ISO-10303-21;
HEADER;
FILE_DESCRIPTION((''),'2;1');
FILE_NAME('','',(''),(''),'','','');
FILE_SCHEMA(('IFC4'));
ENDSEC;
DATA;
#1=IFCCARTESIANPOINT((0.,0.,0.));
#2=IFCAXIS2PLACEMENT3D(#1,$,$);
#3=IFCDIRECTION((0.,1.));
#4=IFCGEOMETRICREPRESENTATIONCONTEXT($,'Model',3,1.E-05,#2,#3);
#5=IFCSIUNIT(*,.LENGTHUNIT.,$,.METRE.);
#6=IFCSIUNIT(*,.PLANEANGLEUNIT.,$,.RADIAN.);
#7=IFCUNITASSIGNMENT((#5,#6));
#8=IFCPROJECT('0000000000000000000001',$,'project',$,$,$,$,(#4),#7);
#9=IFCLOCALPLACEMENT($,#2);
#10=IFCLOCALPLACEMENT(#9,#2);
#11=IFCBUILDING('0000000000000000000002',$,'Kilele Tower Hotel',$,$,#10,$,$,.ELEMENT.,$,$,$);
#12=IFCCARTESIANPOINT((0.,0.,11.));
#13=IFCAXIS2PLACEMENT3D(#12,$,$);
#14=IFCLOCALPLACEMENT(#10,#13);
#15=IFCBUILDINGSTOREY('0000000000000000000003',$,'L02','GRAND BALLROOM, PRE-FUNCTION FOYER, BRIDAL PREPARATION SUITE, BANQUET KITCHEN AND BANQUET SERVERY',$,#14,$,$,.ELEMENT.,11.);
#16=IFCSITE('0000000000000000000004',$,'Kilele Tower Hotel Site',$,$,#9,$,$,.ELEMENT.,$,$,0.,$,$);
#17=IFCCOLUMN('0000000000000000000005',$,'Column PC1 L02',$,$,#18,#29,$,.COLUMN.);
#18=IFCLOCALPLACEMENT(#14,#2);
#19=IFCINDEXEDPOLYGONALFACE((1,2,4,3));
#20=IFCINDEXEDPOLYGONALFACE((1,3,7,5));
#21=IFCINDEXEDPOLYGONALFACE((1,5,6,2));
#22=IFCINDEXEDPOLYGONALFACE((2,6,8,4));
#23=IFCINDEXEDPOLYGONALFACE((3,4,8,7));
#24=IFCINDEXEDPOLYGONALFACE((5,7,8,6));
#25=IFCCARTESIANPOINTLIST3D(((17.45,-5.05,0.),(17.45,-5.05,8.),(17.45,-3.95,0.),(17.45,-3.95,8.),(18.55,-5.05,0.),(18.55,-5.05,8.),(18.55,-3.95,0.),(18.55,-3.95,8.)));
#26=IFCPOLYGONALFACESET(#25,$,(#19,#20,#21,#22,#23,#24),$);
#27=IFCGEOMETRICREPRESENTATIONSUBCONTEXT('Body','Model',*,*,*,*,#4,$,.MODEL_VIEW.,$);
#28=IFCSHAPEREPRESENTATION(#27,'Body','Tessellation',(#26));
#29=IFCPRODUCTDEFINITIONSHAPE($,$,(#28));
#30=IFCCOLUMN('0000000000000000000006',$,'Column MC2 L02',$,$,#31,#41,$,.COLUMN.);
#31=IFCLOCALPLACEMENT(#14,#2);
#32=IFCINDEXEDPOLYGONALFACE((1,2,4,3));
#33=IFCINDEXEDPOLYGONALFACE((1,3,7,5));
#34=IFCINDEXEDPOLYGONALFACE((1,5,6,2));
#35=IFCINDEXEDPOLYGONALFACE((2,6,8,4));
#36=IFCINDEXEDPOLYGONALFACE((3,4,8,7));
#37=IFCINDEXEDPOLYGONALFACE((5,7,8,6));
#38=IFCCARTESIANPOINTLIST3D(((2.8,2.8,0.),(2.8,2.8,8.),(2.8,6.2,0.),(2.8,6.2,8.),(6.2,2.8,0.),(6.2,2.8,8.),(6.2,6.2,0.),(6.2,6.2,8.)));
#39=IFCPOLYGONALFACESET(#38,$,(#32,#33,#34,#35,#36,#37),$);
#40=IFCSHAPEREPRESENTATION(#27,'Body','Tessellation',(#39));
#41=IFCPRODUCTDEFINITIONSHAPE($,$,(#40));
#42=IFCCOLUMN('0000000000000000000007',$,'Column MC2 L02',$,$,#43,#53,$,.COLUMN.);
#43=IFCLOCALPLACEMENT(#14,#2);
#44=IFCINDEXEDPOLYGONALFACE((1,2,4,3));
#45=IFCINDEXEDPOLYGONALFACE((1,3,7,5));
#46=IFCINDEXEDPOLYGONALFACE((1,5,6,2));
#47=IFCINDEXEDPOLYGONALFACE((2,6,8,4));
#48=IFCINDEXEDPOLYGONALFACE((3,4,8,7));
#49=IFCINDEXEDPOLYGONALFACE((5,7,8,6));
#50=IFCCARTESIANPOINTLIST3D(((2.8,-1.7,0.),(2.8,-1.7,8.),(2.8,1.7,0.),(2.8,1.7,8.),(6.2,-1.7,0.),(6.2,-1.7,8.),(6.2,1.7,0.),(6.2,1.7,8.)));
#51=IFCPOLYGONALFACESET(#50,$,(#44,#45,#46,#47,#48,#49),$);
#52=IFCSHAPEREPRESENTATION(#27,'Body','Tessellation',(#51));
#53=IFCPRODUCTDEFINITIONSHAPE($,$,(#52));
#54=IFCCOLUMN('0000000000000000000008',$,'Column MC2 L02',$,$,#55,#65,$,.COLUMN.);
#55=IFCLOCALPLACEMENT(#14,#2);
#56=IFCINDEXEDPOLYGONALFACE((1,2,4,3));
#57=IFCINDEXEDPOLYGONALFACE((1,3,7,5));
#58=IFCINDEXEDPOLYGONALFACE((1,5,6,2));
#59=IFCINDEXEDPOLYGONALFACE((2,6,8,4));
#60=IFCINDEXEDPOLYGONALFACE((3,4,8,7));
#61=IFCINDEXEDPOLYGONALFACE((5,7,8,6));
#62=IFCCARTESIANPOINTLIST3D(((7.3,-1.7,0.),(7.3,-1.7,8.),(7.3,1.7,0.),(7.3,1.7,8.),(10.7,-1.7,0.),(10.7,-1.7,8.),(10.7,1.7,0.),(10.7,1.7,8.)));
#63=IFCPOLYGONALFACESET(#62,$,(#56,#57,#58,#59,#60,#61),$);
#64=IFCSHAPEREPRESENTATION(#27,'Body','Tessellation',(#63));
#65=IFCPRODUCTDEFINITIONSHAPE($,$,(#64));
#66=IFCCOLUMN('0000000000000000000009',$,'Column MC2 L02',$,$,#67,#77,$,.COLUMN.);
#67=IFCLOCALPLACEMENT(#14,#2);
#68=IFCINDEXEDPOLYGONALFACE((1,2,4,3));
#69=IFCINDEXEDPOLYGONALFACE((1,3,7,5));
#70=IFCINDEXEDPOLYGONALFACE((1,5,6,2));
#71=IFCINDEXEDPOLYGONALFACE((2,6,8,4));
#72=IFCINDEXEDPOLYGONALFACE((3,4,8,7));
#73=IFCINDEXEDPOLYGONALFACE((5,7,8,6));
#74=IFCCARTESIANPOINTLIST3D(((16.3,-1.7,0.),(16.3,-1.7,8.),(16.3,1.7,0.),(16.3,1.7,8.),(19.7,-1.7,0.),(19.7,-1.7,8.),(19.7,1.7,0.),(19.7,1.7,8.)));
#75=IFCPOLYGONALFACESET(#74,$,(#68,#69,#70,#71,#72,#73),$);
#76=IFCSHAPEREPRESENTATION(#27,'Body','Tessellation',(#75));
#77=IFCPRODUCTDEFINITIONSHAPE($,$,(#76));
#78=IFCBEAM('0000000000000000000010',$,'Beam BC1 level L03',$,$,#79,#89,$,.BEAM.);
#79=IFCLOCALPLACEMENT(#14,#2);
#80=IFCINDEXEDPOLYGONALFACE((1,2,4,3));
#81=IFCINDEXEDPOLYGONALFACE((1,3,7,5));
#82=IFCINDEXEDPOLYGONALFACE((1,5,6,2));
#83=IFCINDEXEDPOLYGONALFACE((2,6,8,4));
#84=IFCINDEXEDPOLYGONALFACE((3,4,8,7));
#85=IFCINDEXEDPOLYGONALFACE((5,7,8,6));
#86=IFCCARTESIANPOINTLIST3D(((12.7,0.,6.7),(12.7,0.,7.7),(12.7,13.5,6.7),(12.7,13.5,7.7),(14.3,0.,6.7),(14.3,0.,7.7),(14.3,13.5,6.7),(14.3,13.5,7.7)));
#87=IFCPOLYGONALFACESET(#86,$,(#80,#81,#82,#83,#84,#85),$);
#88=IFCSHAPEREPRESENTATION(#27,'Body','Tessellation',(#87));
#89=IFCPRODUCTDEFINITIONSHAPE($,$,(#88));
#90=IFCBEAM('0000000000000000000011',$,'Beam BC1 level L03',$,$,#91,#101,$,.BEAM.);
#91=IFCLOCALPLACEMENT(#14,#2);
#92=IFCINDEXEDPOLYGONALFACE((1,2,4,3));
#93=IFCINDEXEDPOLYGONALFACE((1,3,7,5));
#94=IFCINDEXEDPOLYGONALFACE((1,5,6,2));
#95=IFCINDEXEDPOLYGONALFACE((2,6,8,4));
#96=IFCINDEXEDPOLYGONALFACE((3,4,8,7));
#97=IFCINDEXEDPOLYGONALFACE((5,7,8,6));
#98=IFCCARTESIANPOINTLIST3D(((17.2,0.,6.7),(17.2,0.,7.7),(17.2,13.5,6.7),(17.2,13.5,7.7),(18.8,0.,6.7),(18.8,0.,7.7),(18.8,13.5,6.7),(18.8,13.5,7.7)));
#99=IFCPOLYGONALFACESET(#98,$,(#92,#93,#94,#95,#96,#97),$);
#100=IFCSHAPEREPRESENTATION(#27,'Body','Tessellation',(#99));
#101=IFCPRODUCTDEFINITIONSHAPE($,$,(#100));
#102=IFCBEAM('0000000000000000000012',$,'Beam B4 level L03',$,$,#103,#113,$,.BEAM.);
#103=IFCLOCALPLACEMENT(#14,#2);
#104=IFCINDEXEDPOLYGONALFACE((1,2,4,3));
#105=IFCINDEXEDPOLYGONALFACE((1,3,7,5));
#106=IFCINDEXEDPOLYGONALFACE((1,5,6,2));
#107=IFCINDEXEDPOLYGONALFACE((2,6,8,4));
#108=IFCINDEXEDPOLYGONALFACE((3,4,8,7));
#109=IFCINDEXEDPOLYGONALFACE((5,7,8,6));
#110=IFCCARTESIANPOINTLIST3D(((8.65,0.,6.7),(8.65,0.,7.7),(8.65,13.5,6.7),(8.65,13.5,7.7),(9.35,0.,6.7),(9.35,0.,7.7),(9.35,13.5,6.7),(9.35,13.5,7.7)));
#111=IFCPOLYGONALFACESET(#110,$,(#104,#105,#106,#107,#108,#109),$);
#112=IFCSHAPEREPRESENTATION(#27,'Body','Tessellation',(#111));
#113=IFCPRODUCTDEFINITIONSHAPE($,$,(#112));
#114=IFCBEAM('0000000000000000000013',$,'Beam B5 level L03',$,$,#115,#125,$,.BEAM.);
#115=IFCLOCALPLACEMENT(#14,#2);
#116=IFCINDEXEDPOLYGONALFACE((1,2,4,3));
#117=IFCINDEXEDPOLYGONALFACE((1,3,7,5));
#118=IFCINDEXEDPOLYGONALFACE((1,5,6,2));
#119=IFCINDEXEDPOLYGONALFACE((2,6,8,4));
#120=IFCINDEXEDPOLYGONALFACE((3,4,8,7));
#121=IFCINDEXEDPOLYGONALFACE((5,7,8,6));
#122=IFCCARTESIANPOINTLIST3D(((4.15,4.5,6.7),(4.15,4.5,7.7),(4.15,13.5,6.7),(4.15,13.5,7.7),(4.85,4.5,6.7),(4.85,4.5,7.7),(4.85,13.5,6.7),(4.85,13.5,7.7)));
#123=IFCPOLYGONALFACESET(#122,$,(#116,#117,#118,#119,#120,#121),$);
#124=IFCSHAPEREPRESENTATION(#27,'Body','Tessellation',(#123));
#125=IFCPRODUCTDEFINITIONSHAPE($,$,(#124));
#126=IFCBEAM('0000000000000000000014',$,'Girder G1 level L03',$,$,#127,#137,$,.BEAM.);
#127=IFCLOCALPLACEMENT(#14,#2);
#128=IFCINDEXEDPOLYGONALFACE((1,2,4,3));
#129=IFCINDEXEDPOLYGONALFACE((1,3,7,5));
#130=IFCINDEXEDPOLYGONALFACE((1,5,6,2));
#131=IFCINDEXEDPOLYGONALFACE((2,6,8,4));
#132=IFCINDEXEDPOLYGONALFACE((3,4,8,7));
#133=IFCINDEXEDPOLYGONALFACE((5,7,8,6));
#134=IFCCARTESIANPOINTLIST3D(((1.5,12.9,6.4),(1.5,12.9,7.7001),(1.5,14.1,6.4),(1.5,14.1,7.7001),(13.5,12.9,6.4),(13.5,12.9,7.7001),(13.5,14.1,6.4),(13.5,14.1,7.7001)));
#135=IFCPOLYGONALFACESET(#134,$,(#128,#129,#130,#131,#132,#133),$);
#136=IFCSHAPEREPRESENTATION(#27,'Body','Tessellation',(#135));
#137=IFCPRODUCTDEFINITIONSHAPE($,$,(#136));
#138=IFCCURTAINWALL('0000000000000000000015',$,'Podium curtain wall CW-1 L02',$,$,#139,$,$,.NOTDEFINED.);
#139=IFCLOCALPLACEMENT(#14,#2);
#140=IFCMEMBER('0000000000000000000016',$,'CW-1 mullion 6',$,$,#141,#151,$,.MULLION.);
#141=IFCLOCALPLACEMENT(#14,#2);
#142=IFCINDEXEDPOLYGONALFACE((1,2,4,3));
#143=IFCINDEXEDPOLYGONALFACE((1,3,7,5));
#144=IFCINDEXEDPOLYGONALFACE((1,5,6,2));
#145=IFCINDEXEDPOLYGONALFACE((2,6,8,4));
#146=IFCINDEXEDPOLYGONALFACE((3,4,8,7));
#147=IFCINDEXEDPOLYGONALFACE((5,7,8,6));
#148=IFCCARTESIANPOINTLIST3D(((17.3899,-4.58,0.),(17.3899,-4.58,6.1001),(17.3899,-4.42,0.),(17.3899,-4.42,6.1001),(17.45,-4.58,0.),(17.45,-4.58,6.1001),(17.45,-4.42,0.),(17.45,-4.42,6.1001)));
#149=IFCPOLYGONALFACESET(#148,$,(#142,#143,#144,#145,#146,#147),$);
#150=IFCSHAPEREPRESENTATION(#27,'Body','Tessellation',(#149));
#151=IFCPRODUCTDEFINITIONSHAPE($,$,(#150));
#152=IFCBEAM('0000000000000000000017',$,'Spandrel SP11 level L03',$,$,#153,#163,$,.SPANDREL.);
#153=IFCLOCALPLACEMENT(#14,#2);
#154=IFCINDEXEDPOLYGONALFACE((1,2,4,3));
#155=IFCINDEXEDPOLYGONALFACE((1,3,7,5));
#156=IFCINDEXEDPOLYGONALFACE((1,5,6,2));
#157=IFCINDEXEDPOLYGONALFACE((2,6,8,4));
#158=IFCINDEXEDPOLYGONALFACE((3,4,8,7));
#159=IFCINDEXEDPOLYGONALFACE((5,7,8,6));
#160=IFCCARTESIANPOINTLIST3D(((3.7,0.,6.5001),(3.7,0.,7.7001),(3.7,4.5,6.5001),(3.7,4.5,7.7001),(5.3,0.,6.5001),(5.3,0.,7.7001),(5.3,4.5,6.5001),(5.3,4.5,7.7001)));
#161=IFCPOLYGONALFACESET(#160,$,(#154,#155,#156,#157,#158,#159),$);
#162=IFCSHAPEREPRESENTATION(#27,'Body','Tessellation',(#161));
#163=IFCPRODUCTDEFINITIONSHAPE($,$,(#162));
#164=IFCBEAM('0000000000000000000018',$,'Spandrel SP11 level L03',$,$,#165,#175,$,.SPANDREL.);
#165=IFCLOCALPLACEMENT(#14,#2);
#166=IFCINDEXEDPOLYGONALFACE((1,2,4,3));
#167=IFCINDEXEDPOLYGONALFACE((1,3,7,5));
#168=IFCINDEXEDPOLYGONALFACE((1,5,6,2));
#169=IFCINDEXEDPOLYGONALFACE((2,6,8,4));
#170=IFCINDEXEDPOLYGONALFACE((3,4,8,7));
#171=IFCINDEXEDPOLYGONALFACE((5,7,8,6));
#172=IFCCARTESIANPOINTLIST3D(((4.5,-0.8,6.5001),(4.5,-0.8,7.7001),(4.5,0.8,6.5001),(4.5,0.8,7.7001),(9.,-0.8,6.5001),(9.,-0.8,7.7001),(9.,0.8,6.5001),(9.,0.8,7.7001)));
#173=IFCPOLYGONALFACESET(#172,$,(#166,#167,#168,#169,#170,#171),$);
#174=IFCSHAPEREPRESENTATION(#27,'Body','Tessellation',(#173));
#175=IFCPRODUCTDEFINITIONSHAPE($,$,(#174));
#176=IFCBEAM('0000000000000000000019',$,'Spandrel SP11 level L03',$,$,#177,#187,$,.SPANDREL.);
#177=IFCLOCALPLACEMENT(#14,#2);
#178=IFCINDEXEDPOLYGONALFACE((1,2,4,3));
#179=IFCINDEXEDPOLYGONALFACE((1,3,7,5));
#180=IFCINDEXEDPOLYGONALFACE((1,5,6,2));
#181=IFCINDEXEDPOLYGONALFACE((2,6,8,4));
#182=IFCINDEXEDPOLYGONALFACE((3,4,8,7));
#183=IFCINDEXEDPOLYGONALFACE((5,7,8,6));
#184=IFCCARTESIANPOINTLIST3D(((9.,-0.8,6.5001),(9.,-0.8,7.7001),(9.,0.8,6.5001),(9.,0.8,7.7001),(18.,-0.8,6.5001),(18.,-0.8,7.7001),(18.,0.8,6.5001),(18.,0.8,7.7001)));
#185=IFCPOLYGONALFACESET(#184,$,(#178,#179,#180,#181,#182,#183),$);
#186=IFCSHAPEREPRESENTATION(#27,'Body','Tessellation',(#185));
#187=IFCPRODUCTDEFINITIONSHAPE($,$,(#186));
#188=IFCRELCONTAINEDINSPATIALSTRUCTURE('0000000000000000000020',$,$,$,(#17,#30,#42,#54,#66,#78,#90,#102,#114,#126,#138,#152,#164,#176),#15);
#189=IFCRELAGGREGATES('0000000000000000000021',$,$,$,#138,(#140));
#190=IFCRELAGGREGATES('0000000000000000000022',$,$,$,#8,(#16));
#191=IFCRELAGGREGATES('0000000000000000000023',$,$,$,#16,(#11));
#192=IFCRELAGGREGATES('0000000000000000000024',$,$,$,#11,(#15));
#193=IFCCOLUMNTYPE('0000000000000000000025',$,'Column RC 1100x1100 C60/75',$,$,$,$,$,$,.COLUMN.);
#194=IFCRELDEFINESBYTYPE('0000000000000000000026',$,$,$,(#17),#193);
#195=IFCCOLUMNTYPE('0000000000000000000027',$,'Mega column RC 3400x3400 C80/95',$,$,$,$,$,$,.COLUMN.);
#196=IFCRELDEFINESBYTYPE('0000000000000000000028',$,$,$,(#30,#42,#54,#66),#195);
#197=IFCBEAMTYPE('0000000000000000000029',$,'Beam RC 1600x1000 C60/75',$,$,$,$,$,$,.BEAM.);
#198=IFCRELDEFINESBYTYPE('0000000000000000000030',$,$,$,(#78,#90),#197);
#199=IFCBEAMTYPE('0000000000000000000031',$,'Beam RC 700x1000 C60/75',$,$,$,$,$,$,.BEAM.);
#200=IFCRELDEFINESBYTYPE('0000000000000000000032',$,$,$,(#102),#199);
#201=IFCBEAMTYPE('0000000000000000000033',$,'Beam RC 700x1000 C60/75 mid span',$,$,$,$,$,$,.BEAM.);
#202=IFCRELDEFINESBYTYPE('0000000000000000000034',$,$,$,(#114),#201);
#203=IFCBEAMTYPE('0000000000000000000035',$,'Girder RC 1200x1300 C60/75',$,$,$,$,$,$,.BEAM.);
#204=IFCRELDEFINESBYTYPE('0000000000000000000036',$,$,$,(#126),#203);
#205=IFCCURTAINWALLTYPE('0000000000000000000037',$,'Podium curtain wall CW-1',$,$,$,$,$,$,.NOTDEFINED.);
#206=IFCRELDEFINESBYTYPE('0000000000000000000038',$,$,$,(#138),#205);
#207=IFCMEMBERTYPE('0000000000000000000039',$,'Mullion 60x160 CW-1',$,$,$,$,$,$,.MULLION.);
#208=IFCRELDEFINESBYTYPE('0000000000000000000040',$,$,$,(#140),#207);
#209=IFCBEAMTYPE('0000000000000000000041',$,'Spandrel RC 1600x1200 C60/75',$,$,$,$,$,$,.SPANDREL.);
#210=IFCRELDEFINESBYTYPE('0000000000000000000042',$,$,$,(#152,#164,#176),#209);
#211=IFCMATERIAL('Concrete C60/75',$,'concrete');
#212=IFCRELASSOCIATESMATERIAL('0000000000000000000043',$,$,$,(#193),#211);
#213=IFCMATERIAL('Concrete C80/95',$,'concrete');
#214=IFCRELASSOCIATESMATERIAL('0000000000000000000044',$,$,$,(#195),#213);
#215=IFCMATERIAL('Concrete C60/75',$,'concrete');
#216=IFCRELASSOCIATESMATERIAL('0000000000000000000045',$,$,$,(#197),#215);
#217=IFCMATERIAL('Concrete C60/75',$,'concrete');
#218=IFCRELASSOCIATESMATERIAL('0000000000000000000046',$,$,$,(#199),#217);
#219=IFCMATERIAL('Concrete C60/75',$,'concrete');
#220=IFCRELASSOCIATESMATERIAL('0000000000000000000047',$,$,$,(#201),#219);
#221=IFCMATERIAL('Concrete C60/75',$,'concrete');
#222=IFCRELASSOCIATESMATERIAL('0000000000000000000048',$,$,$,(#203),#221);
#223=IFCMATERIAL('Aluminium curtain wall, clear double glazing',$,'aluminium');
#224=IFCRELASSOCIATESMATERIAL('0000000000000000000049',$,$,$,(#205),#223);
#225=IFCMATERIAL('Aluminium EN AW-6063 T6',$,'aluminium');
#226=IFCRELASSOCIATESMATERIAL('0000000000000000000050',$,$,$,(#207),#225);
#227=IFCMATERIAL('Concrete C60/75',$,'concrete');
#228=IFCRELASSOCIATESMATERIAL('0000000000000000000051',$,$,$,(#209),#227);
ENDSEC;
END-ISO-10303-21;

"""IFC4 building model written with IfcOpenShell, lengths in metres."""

from ifc_helpers import new_model, si_unit, direction, frame, origin, origin_2d, place, context, subcontext, project, spatial, rectangle, extrude, material, material_profile, profile_set, type_object, element, aggregate, save


model = new_model("IFC4")

# Units and contexts
model_context = context("Model", 3, precision=1e-05, world=origin(), true_north=direction((0.0, 1.0)))
body_context = subcontext(model_context, "Body", "Model", "MODEL_VIEW")
ifc_project = project(units=[si_unit("LENGTHUNIT", "METRE"), si_unit("PLANEANGLEUNIT", "RADIAN")], contexts=[model_context])

# Site, building, storey
site_placement = place(None, origin())
site = spatial("IfcSite", under=ifc_project, at=site_placement, Name="Kilele Tower Hotel Site", CompositionType="ELEMENT", RefElevation=0.0)
building_placement = place(site_placement, origin())
building = spatial("IfcBuilding", under=site, at=building_placement, Name="Kilele Tower Hotel", CompositionType="ELEMENT")
storey_placement = place(building_placement, frame((0.0, 0.0, 11.0)))
storey = spatial("IfcBuildingStorey", under=building, at=storey_placement, Name="L02", Description="GRAND BALLROOM, PRE-FUNCTION FOYER, BRIDAL PREPARATION SUITE, BANQUET KITCHEN AND BANQUET SERVERY", CompositionType="ELEMENT", Elevation=11.0)

# Columns
ifc_material_1 = material(Name="Concrete C60/75", Category="concrete")
ifc_material_profile_1 = material_profile(ifc_material_1, rectangle(XDim=1.1001, YDim=1.1001, at=origin_2d()))
ifc_profile_set_1 = profile_set([ifc_material_profile_1], Name="Concrete C60/75")
column_type_1 = type_object("IfcColumnType", Name="Column RC 1100x1100 C60/75", PredefinedType="COLUMN", material=ifc_profile_set_1)
column_placement = place(storey_placement, frame((18.0, -4.5, 0.0), z_axis=(0.0, 0.0, 1.0), x_axis=(1.0, 0.0, 0.0)))
element("IfcColumn", 1, at=column_placement, inside=storey, type_object=column_type_1, Name="Column PC1 L02", PredefinedType="COLUMN", context=body_context, shape_type="SweptSolid", body=[
    extrude(rectangle(XDim=1.1001, YDim=1.1001, at=origin_2d()), origin(), (0.0, 0.0, 1.0), 8.0),
])
ifc_material_2 = material(Name="Concrete C80/95", Category="concrete")
ifc_material_profile_2 = material_profile(ifc_material_2, rectangle(XDim=3.3999, YDim=3.3999, at=origin_2d()))
ifc_profile_set_2 = profile_set([ifc_material_profile_2], Name="Concrete C80/95")
column_type_2 = type_object("IfcColumnType", Name="Mega column RC 3400x3400 C80/95", PredefinedType="COLUMN", material=ifc_profile_set_2)
for number, where, z_axis, x_axis, name in (
    (2, (4.5, 4.5, 0.0), (0.0, 0.0, 1.0), (1.0, 0.0, 0.0), "Column MC2 L02"),
    (3, (4.5, 0.0, 0.0), (0.0, 0.0, 1.0), (1.0, 0.0, 0.0), "Column MC2 L02"),
    (4, (9.0, 0.0, 0.0), (0.0, 0.0, 1.0), (1.0, 0.0, 0.0), "Column MC2 L02"),
    (5, (18.0, 0.0, 0.0), (0.0, 0.0, 1.0), (1.0, 0.0, 0.0), "Column MC2 L02"),
):
    element("IfcColumn", number, at=place(storey_placement, frame(where, z_axis=z_axis, x_axis=x_axis)), inside=storey, type_object=column_type_2, Name=name, PredefinedType="COLUMN", context=body_context, shape_type="SweptSolid", body=[
        extrude(rectangle(XDim=3.3999, YDim=3.3999, at=origin_2d()), origin(), (0.0, 0.0, 1.0), 8.0),
    ])

# Beams
ifc_material_3 = material(Name="Concrete C60/75", Category="concrete")
ifc_material_profile_3 = material_profile(ifc_material_3, rectangle(XDim=1.6001, YDim=1.0, at=origin_2d()))
ifc_profile_set_3 = profile_set([ifc_material_profile_3], Name="Concrete C60/75")
beam_type_1 = type_object("IfcBeamType", Name="Beam RC 1600x1000 C60/75", PredefinedType="BEAM", material=ifc_profile_set_3)
for number, where, z_axis, x_axis, name in (
    (6, (13.5, 0.0, 7.2), (0.0, 1.0, 0.0), (-1.0, 0.0, 0.0), "Beam BC1 level L03"),
    (7, (18.0, 0.0, 7.2), (0.0, 1.0, 0.0), (-1.0, 0.0, 0.0), "Beam BC1 level L03"),
):
    element("IfcBeam", number, at=place(storey_placement, frame(where, z_axis=z_axis, x_axis=x_axis)), inside=storey, type_object=beam_type_1, Name=name, PredefinedType="BEAM", context=body_context, shape_type="SweptSolid", body=[
        extrude(rectangle(XDim=1.6001, YDim=1.0, at=origin_2d()), origin(), (0.0, 0.0, 1.0), 13.5),
    ])
ifc_material_4 = material(Name="Concrete C60/75", Category="concrete")
ifc_material_profile_4 = material_profile(ifc_material_4, rectangle(XDim=0.7, YDim=1.0, at=origin_2d()))
ifc_profile_set_4 = profile_set([ifc_material_profile_4], Name="Concrete C60/75")
beam_type_2 = type_object("IfcBeamType", Name="Beam RC 700x1000 C60/75", PredefinedType="BEAM", material=ifc_profile_set_4)
beam_1_placement = place(storey_placement, frame((9.0, 0.0, 7.2), z_axis=(0.0, 1.0, 0.0), x_axis=(-1.0, 0.0, 0.0)))
element("IfcBeam", 8, at=beam_1_placement, inside=storey, type_object=beam_type_2, Name="Beam B4 level L03", PredefinedType="BEAM", context=body_context, shape_type="SweptSolid", body=[
    extrude(rectangle(XDim=0.7, YDim=1.0, at=origin_2d()), origin(), (0.0, 0.0, 1.0), 13.5),
])
ifc_material_5 = material(Name="Concrete C60/75", Category="concrete")
ifc_material_profile_5 = material_profile(ifc_material_5, rectangle(XDim=0.7, YDim=1.0, at=origin_2d()))
ifc_profile_set_5 = profile_set([ifc_material_profile_5], Name="Concrete C60/75")
beam_type_3 = type_object("IfcBeamType", Name="Beam RC 700x1000 C60/75 mid span", PredefinedType="BEAM", material=ifc_profile_set_5)
beam_2_placement = place(storey_placement, frame((4.5, 4.5, 7.2), z_axis=(0.0, 1.0, 0.0), x_axis=(-1.0, 0.0, 0.0)))
element("IfcBeam", 9, at=beam_2_placement, inside=storey, type_object=beam_type_3, Name="Beam B5 level L03", PredefinedType="BEAM", context=body_context, shape_type="SweptSolid", body=[
    extrude(rectangle(XDim=0.7, YDim=1.0, at=origin_2d()), origin(), (0.0, 0.0, 1.0), 9.0),
])
ifc_material_6 = material(Name="Concrete C60/75", Category="concrete")
ifc_material_profile_6 = material_profile(ifc_material_6, rectangle(XDim=1.2, YDim=1.3, at=origin_2d()))
ifc_profile_set_6 = profile_set([ifc_material_profile_6], Name="Concrete C60/75")
beam_type_4 = type_object("IfcBeamType", Name="Girder RC 1200x1300 C60/75", PredefinedType="BEAM", material=ifc_profile_set_6)
beam_3_placement = place(storey_placement, frame((1.5, 13.5, 7.05), z_axis=(1.0, 0.0, 0.0), x_axis=(0.0, 1.0, 0.0)))
element("IfcBeam", 10, at=beam_3_placement, inside=storey, type_object=beam_type_4, Name="Girder G1 level L03", PredefinedType="BEAM", context=body_context, shape_type="SweptSolid", body=[
    extrude(rectangle(XDim=1.2, YDim=1.3, at=origin_2d()), origin(), (0.0, 0.0, 1.0), 12.0),
])

# Curtain wall, member
ifc_material_7 = material(Name="Aluminium curtain wall, clear double glazing", Category="aluminium")
curtain_wall_type = type_object("IfcCurtainWallType", Name="Podium curtain wall CW-1", PredefinedType="NOTDEFINED", material=ifc_material_7)
curtain_wall_placement = place(storey_placement, origin())
curtain_wall = element("IfcCurtainWall", 11, at=curtain_wall_placement, inside=storey, type_object=curtain_wall_type, Name="Podium curtain wall CW-1 L02", PredefinedType="NOTDEFINED")
ifc_material_8 = material(Name="Aluminium EN AW-6063 T6", Category="aluminium")
ifc_material_profile_7 = material_profile(ifc_material_8, rectangle(XDim=0.1599, YDim=0.0601, at=origin_2d()))
ifc_profile_set_7 = profile_set([ifc_material_profile_7], Name="Aluminium EN AW-6063 T6")
member_type = type_object("IfcMemberType", Name="Mullion 60x160 CW-1", PredefinedType="MULLION", material=ifc_profile_set_7)
member_placement = place(storey_placement, frame((17.4199, -4.5, 0.0), z_axis=(0.0, 0.0, 1.0), x_axis=(0.0, 1.0, 0.0)))
member = element("IfcMember", 12, at=member_placement, type_object=member_type, Name="CW-1 mullion 6", PredefinedType="MULLION", context=body_context, shape_type="SweptSolid", body=[
    extrude(rectangle(XDim=0.1599, YDim=0.0601, at=origin_2d()), origin(), (0.0, 0.0, 1.0), 6.1001),
])

# Beams
ifc_material_9 = material(Name="Concrete C60/75", Category="concrete")
ifc_material_profile_8 = material_profile(ifc_material_9, rectangle(XDim=1.6001, YDim=1.2, at=origin_2d()))
ifc_profile_set_8 = profile_set([ifc_material_profile_8], Name="Concrete C60/75")
beam_type_5 = type_object("IfcBeamType", Name="Spandrel RC 1600x1200 C60/75", PredefinedType="SPANDREL", material=ifc_profile_set_8)
for number, where, z_axis, x_axis, name in (
    (13, (4.5, 4.5, 7.1001), (0.0, -1.0, 0.0), (1.0, 0.0, 0.0), "Spandrel SP11 level L03"),
    (14, (4.5, 0.0, 7.1001), (1.0, 0.0, 0.0), (0.0, 1.0, 0.0), "Spandrel SP11 level L03"),
):
    element("IfcBeam", number, at=place(storey_placement, frame(where, z_axis=z_axis, x_axis=x_axis)), inside=storey, type_object=beam_type_5, Name=name, PredefinedType="SPANDREL", context=body_context, shape_type="SweptSolid", body=[
        extrude(rectangle(XDim=1.6001, YDim=1.2, at=origin_2d()), origin(), (0.0, 0.0, 1.0), 4.5),
    ])
for number, where, z_axis, x_axis, name in (
    (15, (9.0, 0.0, 7.1001), (1.0, 0.0, 0.0), (0.0, 1.0, 0.0), "Spandrel SP11 level L03"),
):
    element("IfcBeam", number, at=place(storey_placement, frame(where, z_axis=z_axis, x_axis=x_axis)), inside=storey, type_object=beam_type_5, Name=name, PredefinedType="SPANDREL", context=body_context, shape_type="SweptSolid", body=[
        extrude(rectangle(XDim=1.6001, YDim=1.2, at=origin_2d()), origin(), (0.0, 0.0, 1.0), 9.0),
    ])

aggregate(curtain_wall, [member])

save(model, "model.ifc")
